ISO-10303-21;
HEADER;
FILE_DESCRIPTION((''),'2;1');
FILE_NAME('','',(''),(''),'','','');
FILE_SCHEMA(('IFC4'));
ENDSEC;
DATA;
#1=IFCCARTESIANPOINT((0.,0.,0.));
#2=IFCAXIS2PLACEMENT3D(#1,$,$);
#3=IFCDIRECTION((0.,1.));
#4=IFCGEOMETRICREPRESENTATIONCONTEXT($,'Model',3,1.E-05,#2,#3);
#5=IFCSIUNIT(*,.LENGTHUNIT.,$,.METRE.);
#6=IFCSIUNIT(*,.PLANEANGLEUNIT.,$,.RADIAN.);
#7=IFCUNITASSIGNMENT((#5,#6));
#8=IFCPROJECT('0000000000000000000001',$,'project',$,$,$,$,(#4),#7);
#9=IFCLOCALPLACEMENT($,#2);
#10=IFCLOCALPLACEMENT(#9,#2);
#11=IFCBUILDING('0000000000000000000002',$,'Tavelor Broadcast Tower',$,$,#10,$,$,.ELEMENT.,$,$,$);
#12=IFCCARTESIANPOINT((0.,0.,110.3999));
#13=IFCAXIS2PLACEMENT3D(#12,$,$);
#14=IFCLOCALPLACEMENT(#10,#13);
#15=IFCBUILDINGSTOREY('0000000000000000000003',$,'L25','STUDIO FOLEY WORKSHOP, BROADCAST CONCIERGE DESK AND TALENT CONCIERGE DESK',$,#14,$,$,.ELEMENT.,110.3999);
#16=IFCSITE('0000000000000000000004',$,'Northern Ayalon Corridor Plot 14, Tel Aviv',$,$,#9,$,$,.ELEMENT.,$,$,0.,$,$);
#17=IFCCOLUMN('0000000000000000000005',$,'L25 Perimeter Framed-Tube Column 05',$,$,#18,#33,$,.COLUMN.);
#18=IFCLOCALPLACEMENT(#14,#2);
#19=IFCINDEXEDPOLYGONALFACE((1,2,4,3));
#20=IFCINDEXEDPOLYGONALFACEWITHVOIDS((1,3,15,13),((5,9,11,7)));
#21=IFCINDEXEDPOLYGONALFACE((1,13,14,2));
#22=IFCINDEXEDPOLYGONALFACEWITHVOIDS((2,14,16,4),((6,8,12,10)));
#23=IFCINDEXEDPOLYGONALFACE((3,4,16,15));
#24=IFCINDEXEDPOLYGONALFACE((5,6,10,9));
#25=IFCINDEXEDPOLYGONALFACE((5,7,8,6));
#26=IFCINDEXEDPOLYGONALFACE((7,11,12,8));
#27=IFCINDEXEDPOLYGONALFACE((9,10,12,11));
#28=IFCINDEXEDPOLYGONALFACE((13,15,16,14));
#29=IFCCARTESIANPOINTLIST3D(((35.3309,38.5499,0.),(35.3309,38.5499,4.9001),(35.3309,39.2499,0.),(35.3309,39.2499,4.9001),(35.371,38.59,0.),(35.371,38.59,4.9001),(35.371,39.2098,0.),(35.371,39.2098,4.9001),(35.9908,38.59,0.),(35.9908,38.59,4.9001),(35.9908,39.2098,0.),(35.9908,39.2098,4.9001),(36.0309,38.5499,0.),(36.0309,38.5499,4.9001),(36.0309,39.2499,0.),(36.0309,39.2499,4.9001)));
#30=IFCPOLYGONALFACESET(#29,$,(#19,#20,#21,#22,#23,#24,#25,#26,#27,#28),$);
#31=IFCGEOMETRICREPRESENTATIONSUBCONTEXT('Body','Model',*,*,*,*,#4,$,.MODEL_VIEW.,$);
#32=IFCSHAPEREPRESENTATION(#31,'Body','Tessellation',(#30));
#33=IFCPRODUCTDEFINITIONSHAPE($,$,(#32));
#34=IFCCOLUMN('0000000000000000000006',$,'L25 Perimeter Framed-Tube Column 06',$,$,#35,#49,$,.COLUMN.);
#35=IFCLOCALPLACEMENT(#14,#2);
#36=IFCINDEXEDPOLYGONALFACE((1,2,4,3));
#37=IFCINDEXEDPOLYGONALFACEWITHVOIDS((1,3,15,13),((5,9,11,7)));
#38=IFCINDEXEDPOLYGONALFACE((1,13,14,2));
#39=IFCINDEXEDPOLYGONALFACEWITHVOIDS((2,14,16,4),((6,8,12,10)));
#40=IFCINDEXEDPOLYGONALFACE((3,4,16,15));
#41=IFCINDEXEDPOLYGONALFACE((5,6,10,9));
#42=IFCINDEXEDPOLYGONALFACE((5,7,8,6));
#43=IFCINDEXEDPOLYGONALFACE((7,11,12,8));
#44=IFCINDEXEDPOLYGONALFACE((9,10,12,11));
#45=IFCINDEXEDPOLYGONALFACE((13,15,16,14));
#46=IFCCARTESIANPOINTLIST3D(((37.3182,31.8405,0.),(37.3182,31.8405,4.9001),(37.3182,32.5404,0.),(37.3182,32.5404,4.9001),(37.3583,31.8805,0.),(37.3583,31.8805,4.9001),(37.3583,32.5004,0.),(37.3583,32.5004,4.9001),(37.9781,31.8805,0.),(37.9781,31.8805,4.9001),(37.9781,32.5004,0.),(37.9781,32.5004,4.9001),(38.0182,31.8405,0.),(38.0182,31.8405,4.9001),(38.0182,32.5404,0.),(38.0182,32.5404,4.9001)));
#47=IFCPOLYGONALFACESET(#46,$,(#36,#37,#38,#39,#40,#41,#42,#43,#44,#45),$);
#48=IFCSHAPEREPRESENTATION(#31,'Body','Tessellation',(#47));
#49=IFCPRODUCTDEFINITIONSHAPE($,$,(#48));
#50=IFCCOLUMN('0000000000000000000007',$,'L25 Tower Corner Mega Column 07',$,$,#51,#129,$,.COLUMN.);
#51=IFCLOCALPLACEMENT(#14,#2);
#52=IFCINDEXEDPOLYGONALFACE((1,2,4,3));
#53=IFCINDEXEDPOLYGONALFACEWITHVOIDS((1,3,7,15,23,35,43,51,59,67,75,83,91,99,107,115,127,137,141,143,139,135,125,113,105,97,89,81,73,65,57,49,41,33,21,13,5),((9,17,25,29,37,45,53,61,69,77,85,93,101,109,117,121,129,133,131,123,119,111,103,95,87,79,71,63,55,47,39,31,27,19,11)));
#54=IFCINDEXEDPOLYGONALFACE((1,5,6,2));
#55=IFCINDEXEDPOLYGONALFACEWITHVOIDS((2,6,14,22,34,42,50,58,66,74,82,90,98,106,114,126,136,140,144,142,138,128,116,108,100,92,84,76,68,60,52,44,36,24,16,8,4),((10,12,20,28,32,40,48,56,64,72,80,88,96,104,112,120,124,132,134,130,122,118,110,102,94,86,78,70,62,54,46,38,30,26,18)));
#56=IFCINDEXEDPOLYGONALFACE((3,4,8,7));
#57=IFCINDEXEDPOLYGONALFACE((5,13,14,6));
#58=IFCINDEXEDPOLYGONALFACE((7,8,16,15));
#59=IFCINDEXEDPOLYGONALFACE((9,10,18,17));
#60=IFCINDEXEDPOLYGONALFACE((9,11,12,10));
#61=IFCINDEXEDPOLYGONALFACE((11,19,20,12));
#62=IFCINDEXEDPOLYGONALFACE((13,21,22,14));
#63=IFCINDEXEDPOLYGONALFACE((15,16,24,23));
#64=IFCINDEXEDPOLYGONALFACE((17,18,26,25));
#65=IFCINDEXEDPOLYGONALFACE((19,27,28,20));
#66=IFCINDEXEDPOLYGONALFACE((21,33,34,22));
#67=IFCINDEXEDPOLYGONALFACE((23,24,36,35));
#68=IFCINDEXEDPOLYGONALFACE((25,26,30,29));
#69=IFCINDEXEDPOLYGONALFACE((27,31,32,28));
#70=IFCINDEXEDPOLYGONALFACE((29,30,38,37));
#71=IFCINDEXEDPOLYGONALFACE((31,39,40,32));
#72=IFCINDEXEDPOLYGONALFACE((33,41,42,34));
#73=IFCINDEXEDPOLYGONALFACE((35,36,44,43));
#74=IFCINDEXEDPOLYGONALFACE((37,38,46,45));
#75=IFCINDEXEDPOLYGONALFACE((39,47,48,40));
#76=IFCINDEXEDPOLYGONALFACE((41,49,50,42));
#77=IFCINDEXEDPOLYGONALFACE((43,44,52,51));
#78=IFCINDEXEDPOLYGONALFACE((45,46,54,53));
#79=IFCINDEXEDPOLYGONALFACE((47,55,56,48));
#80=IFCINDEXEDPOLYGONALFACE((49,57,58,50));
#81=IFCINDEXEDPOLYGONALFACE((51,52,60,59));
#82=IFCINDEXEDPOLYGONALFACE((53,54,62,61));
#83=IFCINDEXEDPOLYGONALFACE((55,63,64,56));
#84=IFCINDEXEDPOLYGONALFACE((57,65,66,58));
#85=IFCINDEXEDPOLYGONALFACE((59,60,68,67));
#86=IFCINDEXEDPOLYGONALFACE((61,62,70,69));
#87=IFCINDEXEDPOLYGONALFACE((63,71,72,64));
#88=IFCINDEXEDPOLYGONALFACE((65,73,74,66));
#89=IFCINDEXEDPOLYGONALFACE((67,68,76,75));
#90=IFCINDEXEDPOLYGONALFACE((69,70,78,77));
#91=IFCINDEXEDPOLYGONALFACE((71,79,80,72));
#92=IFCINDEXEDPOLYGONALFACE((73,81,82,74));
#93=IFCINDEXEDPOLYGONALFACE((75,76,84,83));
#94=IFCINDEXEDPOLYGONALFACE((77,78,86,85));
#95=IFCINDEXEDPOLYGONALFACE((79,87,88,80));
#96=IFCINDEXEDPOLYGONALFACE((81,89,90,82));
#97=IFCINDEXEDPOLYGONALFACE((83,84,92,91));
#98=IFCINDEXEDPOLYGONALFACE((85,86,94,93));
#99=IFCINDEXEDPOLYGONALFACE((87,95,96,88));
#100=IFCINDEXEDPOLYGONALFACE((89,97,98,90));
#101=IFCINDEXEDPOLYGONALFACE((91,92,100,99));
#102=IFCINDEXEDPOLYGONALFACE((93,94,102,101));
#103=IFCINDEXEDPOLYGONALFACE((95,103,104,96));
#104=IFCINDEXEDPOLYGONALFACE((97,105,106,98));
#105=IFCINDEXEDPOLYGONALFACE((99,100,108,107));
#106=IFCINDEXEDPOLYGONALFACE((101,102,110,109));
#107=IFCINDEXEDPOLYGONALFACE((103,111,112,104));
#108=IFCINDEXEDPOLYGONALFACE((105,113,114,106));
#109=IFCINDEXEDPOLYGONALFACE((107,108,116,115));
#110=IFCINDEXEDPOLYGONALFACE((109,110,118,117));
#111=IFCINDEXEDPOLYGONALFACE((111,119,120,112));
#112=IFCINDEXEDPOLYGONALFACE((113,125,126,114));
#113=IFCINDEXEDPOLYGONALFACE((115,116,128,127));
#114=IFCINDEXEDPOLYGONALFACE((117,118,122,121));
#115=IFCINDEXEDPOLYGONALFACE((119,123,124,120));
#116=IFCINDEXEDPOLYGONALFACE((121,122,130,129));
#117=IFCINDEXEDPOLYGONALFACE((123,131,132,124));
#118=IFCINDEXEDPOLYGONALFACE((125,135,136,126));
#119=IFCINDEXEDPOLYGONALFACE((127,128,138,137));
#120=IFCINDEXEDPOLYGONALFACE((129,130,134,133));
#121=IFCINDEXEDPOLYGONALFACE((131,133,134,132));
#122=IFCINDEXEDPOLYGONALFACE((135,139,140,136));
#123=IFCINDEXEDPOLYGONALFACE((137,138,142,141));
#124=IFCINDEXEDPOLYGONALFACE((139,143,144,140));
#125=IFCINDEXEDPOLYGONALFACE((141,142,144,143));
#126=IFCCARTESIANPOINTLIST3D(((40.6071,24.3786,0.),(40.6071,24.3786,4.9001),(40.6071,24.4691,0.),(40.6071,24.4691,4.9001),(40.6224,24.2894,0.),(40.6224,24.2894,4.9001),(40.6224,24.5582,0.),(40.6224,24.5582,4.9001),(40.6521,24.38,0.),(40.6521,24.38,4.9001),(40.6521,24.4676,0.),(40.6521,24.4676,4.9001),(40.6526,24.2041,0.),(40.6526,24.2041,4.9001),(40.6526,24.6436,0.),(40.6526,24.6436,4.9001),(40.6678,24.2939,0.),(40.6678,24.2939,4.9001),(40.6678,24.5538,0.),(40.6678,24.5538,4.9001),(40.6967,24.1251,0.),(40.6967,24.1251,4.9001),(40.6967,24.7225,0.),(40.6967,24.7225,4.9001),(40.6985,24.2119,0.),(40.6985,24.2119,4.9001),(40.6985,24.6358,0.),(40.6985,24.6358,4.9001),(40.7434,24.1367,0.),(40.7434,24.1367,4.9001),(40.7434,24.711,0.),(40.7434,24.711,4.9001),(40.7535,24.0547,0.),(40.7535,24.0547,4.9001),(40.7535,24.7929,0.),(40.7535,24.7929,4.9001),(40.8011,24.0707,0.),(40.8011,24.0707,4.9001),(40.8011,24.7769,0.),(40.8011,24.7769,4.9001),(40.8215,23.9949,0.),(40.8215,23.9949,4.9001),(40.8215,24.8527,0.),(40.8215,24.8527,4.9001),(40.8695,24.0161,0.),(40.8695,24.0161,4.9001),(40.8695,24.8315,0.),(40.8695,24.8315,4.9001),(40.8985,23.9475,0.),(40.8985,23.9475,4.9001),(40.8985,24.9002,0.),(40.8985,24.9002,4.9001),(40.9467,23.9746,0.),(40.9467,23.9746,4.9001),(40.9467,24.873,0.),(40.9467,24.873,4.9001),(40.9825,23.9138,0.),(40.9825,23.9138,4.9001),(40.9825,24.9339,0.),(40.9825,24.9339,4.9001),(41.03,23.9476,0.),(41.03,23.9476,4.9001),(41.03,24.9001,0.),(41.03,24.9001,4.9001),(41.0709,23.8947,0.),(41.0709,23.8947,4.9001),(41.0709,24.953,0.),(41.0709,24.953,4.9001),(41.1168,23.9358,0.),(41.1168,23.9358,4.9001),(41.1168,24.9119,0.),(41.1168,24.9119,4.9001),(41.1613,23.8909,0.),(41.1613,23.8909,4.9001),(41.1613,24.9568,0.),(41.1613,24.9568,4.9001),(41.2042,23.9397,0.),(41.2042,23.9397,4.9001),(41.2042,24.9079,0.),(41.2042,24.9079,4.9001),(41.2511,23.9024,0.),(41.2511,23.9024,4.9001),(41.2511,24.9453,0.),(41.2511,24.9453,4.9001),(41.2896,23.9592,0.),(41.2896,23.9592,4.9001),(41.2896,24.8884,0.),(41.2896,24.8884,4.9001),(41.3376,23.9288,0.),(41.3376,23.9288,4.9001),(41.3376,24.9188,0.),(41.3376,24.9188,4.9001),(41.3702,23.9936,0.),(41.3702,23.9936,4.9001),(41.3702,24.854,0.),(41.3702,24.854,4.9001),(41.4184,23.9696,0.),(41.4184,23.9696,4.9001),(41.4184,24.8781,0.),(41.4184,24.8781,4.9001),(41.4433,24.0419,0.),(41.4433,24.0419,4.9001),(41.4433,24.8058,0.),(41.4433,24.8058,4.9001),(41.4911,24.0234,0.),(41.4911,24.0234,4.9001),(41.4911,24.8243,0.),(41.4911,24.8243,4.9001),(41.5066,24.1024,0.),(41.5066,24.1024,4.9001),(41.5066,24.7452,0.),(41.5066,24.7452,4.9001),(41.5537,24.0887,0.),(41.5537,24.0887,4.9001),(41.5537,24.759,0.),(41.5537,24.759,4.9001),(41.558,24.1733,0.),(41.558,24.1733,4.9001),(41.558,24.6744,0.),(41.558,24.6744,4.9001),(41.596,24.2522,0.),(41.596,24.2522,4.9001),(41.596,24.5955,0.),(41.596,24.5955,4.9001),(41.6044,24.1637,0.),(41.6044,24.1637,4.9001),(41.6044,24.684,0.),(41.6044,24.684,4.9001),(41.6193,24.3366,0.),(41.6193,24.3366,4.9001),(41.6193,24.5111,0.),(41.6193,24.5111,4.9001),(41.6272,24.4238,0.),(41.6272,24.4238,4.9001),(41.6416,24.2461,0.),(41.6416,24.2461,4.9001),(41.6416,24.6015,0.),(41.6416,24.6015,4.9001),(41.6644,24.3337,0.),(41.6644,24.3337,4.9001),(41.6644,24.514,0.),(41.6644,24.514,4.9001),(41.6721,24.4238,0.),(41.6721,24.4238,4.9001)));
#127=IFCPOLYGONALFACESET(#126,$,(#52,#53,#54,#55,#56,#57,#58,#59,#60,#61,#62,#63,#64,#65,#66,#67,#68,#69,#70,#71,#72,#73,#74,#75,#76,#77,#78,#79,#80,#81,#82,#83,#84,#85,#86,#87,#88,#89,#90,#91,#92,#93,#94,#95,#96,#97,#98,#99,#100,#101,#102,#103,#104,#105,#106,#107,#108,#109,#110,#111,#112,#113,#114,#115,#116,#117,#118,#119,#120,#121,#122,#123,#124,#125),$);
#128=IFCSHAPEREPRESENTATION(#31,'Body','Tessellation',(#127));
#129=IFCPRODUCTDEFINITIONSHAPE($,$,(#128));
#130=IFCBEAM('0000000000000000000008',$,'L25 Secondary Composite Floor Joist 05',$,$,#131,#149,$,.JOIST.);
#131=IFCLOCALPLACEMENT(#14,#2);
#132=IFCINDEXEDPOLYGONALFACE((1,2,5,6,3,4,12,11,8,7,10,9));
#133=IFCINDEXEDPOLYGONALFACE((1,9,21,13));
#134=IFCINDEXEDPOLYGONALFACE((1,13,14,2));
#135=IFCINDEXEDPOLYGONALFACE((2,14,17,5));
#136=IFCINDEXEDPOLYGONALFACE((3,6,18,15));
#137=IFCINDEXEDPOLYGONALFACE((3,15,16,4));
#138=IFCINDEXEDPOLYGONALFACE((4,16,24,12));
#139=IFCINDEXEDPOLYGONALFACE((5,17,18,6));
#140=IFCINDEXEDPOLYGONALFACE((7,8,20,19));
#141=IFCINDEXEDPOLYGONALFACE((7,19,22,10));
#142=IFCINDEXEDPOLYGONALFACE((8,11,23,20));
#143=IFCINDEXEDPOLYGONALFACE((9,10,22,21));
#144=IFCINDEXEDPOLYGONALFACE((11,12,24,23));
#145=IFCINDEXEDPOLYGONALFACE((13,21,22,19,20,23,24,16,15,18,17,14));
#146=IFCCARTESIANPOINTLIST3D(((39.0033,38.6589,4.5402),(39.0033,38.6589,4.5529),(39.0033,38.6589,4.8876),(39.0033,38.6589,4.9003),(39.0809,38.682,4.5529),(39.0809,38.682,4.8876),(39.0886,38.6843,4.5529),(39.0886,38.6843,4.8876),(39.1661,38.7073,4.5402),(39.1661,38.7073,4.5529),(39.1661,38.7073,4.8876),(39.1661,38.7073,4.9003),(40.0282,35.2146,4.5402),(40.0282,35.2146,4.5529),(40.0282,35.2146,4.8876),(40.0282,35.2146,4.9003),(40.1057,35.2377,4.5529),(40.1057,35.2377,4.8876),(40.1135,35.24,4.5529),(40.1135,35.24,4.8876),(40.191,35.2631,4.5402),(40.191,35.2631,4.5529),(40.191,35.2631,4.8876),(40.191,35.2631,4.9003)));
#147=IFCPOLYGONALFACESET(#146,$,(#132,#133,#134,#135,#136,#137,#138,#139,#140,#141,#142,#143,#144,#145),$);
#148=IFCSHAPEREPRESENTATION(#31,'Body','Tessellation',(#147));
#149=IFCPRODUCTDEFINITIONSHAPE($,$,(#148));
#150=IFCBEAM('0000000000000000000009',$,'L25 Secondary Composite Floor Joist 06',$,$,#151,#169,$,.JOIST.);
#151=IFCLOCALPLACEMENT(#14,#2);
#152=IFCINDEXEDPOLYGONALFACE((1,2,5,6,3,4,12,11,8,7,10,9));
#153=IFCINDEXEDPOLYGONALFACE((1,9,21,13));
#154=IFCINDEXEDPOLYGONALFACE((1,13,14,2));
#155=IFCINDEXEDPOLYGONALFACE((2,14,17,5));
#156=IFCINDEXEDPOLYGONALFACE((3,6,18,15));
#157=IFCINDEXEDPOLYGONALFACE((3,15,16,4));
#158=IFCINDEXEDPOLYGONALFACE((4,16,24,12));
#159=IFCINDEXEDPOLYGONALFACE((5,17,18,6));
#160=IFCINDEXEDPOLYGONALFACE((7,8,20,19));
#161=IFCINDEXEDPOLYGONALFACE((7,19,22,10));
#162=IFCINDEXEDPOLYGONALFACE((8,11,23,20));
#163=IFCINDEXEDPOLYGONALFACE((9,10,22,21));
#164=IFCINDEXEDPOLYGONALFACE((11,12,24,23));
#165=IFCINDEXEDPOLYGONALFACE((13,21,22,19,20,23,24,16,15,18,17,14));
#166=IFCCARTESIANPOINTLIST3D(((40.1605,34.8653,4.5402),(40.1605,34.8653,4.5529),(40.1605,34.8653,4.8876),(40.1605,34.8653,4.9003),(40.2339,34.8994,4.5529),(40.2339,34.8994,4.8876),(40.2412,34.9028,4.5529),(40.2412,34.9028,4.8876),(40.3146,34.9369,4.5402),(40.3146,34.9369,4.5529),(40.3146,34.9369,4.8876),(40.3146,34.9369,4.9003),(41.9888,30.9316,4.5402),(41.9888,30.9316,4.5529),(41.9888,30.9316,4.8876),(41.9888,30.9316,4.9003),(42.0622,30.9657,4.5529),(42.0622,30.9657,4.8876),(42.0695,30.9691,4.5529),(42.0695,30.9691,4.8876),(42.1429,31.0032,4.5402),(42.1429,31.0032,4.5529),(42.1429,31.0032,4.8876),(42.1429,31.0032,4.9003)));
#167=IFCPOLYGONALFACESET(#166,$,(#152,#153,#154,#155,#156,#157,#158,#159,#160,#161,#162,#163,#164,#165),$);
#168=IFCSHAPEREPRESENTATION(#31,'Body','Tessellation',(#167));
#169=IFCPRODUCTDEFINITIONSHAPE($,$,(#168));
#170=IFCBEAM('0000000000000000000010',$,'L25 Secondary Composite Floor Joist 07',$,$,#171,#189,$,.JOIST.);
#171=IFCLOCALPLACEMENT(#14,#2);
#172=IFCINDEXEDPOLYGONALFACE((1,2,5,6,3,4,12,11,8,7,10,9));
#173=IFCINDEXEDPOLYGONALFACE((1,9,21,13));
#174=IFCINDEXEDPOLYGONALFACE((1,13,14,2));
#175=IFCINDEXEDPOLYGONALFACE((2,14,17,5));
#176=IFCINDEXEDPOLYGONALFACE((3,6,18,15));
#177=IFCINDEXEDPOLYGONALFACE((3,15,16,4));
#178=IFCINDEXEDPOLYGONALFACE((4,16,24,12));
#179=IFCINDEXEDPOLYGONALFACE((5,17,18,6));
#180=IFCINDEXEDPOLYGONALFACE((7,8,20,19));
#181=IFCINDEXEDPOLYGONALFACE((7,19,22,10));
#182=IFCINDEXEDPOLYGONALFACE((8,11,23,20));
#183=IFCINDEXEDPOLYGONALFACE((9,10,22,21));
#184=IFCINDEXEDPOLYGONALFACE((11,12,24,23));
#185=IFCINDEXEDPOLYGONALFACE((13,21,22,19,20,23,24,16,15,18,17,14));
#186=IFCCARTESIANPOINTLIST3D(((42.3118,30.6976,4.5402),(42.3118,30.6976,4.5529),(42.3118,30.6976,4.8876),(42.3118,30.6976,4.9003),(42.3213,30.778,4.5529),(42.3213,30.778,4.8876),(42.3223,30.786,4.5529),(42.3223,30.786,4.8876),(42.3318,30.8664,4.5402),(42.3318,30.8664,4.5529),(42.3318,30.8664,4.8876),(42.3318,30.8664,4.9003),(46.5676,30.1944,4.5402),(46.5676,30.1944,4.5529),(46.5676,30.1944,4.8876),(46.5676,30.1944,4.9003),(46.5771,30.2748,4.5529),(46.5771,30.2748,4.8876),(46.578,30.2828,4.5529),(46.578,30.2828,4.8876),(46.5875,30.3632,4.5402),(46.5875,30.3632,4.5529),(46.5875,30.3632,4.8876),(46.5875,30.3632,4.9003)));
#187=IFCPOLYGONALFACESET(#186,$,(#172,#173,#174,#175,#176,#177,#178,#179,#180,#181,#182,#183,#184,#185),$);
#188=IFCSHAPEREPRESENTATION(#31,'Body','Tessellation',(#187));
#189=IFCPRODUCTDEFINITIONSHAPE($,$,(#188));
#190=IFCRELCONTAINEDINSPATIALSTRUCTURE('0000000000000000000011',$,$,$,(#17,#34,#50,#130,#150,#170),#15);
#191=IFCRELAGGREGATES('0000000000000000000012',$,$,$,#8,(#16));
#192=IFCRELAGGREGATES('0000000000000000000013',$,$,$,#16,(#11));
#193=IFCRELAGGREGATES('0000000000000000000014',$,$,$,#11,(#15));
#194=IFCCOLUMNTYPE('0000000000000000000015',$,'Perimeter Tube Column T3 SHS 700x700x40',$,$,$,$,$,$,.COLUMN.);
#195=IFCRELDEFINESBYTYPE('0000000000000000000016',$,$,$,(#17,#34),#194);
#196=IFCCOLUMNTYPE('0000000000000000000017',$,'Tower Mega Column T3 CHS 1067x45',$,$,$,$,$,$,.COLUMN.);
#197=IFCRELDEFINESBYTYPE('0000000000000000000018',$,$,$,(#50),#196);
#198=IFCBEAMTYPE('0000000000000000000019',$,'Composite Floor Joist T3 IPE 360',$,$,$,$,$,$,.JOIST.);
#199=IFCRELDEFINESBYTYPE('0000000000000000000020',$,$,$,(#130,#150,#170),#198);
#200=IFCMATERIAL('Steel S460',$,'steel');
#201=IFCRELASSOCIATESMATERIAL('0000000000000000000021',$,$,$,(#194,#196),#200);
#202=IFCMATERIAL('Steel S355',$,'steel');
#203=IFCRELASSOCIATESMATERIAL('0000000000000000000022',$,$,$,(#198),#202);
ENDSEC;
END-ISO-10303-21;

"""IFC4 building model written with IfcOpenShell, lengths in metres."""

from ifc_helpers import new_model, si_unit, direction, frame, origin, origin_2d, place, context, subcontext, project, spatial, hollow_rectangle, hollow_circle, i_section, extrude, material, material_profile, profile_set, type_object, element, save


model = new_model("IFC4")

# Units and contexts
model_context = context("Model", 3, precision=1e-05, world=origin(), true_north=direction((0.0, 1.0)))
body_context = subcontext(model_context, "Body", "Model", "MODEL_VIEW")
ifc_project = project(units=[si_unit("LENGTHUNIT", "METRE"), si_unit("PLANEANGLEUNIT", "RADIAN")], contexts=[model_context])

# Site, building, storey
site_placement = place(None, origin())
site = spatial("IfcSite", under=ifc_project, at=site_placement, Name="Northern Ayalon Corridor Plot 14, Tel Aviv", CompositionType="ELEMENT", RefElevation=0.0)
building_placement = place(site_placement, origin())
building = spatial("IfcBuilding", under=site, at=building_placement, Name="Tavelor Broadcast Tower", CompositionType="ELEMENT")
storey_placement = place(building_placement, frame((0.0, 0.0, 110.3999)))
storey = spatial("IfcBuildingStorey", under=building, at=storey_placement, Name="L25", Description="STUDIO FOLEY WORKSHOP, BROADCAST CONCIERGE DESK AND TALENT CONCIERGE DESK", CompositionType="ELEMENT", Elevation=110.3999)

# Columns
ifc_material_1 = material(Name="Steel S460", Category="steel")
ifc_material_profile_1 = material_profile(ifc_material_1, hollow_rectangle(XDim=0.7, YDim=0.7, WallThickness=0.04, at=origin_2d()), Name="SHS 700x700x40")
ifc_profile_set_1 = profile_set([ifc_material_profile_1], Name="Steel S460")
column_type_1 = type_object("IfcColumnType", Name="Perimeter Tube Column T3 SHS 700x700x40", PredefinedType="COLUMN", material=ifc_profile_set_1)
for number, where, z_axis, x_axis, name in (
    (1, (35.6809, 38.8999, 0.0), (0.0, 0.0, 1.0), (1.0, 0.0, 0.0), "L25 Perimeter Framed-Tube Column 05"),
    (2, (37.6682, 32.1904, 0.0), (0.0, 0.0, 1.0), (1.0, 0.0, 0.0), "L25 Perimeter Framed-Tube Column 06"),
):
    element("IfcColumn", number, at=place(storey_placement, frame(where, z_axis=z_axis, x_axis=x_axis)), inside=storey, type_object=column_type_1, Name=name, PredefinedType="COLUMN", context=body_context, shape_type="SweptSolid", body=[
        extrude(hollow_rectangle(XDim=0.7, YDim=0.7, WallThickness=0.04, at=origin_2d()), origin(), (0.0, 0.0, 1.0), 4.9001),
    ])
ifc_material_profile_2 = material_profile(ifc_material_1, hollow_circle(Radius=0.5334, WallThickness=0.0449, at=origin_2d()), Name="CHS 1067x45")
ifc_profile_set_2 = profile_set([ifc_material_profile_2], Name="Steel S460")
column_type_2 = type_object("IfcColumnType", Name="Tower Mega Column T3 CHS 1067x45", PredefinedType="COLUMN", material=ifc_profile_set_2)
column_placement = place(storey_placement, frame((41.1387, 24.4238, 0.0), z_axis=(0.0, 0.0, 1.0), x_axis=(1.0, 0.0, 0.0)))
element("IfcColumn", 3, at=column_placement, inside=storey, type_object=column_type_2, Name="L25 Tower Corner Mega Column 07", PredefinedType="COLUMN", context=body_context, shape_type="SweptSolid", body=[
    extrude(hollow_circle(Radius=0.5334, WallThickness=0.0449, at=origin_2d()), origin(), (0.0, 0.0, 1.0), 4.9001),
])

# Beams
ifc_material_2 = material(Name="Steel S355", Category="steel")
ifc_material_profile_3 = material_profile(ifc_material_2, i_section(OverallWidth=0.1699, OverallDepth=0.3601, WebThickness=0.0081, FlangeThickness=0.0127, at=origin_2d()), Name="IPE 360")
ifc_profile_set_3 = profile_set([ifc_material_profile_3], Name="Steel S355")
beam_type_1 = type_object("IfcBeamType", Name="Composite Floor Joist T3 IPE 360", PredefinedType="JOIST", material=ifc_profile_set_3)
beam_1_placement = place(storey_placement, frame((39.0847, 38.6831, 4.7202), z_axis=(0.285203, -0.958467, 0.0), x_axis=(0.958467, 0.285203, 0.0)))
element("IfcBeam", 4, at=beam_1_placement, inside=storey, type_object=beam_type_1, Name="L25 Secondary Composite Floor Joist 05", PredefinedType="JOIST", context=body_context, shape_type="SweptSolid", body=[
    extrude(i_section(OverallWidth=0.1699, OverallDepth=0.3601, WebThickness=0.0081, FlangeThickness=0.0127, at=origin_2d()), origin(), (0.0, 0.0, 1.0), 3.5935),
])
beam_2_placement = place(storey_placement, frame((40.2375, 34.9011, 4.7202), z_axis=(0.42148, -0.906838, 0.0), x_axis=(0.906838, 0.42148, 0.0)))
element("IfcBeam", 5, at=beam_2_placement, inside=storey, type_object=beam_type_1, Name="L25 Secondary Composite Floor Joist 06", PredefinedType="JOIST", context=body_context, shape_type="SweptSolid", body=[
    extrude(i_section(OverallWidth=0.1699, OverallDepth=0.3601, WebThickness=0.0081, FlangeThickness=0.0127, at=origin_2d()), origin(), (0.0, 0.0, 1.0), 4.3379),
])
beam_3_placement = place(storey_placement, frame((42.3218, 30.782, 4.7202), z_axis=(0.993083, -0.117413, 0.0), x_axis=(0.117413, 0.993083, 0.0)))
element("IfcBeam", 6, at=beam_3_placement, inside=storey, type_object=beam_type_1, Name="L25 Secondary Composite Floor Joist 07", PredefinedType="JOIST", context=body_context, shape_type="SweptSolid", body=[
    extrude(i_section(OverallWidth=0.1699, OverallDepth=0.3601, WebThickness=0.0081, FlangeThickness=0.0127, at=origin_2d()), origin(), (0.0, 0.0, 1.0), 4.2854),
])

save(model, "model.ifc")
